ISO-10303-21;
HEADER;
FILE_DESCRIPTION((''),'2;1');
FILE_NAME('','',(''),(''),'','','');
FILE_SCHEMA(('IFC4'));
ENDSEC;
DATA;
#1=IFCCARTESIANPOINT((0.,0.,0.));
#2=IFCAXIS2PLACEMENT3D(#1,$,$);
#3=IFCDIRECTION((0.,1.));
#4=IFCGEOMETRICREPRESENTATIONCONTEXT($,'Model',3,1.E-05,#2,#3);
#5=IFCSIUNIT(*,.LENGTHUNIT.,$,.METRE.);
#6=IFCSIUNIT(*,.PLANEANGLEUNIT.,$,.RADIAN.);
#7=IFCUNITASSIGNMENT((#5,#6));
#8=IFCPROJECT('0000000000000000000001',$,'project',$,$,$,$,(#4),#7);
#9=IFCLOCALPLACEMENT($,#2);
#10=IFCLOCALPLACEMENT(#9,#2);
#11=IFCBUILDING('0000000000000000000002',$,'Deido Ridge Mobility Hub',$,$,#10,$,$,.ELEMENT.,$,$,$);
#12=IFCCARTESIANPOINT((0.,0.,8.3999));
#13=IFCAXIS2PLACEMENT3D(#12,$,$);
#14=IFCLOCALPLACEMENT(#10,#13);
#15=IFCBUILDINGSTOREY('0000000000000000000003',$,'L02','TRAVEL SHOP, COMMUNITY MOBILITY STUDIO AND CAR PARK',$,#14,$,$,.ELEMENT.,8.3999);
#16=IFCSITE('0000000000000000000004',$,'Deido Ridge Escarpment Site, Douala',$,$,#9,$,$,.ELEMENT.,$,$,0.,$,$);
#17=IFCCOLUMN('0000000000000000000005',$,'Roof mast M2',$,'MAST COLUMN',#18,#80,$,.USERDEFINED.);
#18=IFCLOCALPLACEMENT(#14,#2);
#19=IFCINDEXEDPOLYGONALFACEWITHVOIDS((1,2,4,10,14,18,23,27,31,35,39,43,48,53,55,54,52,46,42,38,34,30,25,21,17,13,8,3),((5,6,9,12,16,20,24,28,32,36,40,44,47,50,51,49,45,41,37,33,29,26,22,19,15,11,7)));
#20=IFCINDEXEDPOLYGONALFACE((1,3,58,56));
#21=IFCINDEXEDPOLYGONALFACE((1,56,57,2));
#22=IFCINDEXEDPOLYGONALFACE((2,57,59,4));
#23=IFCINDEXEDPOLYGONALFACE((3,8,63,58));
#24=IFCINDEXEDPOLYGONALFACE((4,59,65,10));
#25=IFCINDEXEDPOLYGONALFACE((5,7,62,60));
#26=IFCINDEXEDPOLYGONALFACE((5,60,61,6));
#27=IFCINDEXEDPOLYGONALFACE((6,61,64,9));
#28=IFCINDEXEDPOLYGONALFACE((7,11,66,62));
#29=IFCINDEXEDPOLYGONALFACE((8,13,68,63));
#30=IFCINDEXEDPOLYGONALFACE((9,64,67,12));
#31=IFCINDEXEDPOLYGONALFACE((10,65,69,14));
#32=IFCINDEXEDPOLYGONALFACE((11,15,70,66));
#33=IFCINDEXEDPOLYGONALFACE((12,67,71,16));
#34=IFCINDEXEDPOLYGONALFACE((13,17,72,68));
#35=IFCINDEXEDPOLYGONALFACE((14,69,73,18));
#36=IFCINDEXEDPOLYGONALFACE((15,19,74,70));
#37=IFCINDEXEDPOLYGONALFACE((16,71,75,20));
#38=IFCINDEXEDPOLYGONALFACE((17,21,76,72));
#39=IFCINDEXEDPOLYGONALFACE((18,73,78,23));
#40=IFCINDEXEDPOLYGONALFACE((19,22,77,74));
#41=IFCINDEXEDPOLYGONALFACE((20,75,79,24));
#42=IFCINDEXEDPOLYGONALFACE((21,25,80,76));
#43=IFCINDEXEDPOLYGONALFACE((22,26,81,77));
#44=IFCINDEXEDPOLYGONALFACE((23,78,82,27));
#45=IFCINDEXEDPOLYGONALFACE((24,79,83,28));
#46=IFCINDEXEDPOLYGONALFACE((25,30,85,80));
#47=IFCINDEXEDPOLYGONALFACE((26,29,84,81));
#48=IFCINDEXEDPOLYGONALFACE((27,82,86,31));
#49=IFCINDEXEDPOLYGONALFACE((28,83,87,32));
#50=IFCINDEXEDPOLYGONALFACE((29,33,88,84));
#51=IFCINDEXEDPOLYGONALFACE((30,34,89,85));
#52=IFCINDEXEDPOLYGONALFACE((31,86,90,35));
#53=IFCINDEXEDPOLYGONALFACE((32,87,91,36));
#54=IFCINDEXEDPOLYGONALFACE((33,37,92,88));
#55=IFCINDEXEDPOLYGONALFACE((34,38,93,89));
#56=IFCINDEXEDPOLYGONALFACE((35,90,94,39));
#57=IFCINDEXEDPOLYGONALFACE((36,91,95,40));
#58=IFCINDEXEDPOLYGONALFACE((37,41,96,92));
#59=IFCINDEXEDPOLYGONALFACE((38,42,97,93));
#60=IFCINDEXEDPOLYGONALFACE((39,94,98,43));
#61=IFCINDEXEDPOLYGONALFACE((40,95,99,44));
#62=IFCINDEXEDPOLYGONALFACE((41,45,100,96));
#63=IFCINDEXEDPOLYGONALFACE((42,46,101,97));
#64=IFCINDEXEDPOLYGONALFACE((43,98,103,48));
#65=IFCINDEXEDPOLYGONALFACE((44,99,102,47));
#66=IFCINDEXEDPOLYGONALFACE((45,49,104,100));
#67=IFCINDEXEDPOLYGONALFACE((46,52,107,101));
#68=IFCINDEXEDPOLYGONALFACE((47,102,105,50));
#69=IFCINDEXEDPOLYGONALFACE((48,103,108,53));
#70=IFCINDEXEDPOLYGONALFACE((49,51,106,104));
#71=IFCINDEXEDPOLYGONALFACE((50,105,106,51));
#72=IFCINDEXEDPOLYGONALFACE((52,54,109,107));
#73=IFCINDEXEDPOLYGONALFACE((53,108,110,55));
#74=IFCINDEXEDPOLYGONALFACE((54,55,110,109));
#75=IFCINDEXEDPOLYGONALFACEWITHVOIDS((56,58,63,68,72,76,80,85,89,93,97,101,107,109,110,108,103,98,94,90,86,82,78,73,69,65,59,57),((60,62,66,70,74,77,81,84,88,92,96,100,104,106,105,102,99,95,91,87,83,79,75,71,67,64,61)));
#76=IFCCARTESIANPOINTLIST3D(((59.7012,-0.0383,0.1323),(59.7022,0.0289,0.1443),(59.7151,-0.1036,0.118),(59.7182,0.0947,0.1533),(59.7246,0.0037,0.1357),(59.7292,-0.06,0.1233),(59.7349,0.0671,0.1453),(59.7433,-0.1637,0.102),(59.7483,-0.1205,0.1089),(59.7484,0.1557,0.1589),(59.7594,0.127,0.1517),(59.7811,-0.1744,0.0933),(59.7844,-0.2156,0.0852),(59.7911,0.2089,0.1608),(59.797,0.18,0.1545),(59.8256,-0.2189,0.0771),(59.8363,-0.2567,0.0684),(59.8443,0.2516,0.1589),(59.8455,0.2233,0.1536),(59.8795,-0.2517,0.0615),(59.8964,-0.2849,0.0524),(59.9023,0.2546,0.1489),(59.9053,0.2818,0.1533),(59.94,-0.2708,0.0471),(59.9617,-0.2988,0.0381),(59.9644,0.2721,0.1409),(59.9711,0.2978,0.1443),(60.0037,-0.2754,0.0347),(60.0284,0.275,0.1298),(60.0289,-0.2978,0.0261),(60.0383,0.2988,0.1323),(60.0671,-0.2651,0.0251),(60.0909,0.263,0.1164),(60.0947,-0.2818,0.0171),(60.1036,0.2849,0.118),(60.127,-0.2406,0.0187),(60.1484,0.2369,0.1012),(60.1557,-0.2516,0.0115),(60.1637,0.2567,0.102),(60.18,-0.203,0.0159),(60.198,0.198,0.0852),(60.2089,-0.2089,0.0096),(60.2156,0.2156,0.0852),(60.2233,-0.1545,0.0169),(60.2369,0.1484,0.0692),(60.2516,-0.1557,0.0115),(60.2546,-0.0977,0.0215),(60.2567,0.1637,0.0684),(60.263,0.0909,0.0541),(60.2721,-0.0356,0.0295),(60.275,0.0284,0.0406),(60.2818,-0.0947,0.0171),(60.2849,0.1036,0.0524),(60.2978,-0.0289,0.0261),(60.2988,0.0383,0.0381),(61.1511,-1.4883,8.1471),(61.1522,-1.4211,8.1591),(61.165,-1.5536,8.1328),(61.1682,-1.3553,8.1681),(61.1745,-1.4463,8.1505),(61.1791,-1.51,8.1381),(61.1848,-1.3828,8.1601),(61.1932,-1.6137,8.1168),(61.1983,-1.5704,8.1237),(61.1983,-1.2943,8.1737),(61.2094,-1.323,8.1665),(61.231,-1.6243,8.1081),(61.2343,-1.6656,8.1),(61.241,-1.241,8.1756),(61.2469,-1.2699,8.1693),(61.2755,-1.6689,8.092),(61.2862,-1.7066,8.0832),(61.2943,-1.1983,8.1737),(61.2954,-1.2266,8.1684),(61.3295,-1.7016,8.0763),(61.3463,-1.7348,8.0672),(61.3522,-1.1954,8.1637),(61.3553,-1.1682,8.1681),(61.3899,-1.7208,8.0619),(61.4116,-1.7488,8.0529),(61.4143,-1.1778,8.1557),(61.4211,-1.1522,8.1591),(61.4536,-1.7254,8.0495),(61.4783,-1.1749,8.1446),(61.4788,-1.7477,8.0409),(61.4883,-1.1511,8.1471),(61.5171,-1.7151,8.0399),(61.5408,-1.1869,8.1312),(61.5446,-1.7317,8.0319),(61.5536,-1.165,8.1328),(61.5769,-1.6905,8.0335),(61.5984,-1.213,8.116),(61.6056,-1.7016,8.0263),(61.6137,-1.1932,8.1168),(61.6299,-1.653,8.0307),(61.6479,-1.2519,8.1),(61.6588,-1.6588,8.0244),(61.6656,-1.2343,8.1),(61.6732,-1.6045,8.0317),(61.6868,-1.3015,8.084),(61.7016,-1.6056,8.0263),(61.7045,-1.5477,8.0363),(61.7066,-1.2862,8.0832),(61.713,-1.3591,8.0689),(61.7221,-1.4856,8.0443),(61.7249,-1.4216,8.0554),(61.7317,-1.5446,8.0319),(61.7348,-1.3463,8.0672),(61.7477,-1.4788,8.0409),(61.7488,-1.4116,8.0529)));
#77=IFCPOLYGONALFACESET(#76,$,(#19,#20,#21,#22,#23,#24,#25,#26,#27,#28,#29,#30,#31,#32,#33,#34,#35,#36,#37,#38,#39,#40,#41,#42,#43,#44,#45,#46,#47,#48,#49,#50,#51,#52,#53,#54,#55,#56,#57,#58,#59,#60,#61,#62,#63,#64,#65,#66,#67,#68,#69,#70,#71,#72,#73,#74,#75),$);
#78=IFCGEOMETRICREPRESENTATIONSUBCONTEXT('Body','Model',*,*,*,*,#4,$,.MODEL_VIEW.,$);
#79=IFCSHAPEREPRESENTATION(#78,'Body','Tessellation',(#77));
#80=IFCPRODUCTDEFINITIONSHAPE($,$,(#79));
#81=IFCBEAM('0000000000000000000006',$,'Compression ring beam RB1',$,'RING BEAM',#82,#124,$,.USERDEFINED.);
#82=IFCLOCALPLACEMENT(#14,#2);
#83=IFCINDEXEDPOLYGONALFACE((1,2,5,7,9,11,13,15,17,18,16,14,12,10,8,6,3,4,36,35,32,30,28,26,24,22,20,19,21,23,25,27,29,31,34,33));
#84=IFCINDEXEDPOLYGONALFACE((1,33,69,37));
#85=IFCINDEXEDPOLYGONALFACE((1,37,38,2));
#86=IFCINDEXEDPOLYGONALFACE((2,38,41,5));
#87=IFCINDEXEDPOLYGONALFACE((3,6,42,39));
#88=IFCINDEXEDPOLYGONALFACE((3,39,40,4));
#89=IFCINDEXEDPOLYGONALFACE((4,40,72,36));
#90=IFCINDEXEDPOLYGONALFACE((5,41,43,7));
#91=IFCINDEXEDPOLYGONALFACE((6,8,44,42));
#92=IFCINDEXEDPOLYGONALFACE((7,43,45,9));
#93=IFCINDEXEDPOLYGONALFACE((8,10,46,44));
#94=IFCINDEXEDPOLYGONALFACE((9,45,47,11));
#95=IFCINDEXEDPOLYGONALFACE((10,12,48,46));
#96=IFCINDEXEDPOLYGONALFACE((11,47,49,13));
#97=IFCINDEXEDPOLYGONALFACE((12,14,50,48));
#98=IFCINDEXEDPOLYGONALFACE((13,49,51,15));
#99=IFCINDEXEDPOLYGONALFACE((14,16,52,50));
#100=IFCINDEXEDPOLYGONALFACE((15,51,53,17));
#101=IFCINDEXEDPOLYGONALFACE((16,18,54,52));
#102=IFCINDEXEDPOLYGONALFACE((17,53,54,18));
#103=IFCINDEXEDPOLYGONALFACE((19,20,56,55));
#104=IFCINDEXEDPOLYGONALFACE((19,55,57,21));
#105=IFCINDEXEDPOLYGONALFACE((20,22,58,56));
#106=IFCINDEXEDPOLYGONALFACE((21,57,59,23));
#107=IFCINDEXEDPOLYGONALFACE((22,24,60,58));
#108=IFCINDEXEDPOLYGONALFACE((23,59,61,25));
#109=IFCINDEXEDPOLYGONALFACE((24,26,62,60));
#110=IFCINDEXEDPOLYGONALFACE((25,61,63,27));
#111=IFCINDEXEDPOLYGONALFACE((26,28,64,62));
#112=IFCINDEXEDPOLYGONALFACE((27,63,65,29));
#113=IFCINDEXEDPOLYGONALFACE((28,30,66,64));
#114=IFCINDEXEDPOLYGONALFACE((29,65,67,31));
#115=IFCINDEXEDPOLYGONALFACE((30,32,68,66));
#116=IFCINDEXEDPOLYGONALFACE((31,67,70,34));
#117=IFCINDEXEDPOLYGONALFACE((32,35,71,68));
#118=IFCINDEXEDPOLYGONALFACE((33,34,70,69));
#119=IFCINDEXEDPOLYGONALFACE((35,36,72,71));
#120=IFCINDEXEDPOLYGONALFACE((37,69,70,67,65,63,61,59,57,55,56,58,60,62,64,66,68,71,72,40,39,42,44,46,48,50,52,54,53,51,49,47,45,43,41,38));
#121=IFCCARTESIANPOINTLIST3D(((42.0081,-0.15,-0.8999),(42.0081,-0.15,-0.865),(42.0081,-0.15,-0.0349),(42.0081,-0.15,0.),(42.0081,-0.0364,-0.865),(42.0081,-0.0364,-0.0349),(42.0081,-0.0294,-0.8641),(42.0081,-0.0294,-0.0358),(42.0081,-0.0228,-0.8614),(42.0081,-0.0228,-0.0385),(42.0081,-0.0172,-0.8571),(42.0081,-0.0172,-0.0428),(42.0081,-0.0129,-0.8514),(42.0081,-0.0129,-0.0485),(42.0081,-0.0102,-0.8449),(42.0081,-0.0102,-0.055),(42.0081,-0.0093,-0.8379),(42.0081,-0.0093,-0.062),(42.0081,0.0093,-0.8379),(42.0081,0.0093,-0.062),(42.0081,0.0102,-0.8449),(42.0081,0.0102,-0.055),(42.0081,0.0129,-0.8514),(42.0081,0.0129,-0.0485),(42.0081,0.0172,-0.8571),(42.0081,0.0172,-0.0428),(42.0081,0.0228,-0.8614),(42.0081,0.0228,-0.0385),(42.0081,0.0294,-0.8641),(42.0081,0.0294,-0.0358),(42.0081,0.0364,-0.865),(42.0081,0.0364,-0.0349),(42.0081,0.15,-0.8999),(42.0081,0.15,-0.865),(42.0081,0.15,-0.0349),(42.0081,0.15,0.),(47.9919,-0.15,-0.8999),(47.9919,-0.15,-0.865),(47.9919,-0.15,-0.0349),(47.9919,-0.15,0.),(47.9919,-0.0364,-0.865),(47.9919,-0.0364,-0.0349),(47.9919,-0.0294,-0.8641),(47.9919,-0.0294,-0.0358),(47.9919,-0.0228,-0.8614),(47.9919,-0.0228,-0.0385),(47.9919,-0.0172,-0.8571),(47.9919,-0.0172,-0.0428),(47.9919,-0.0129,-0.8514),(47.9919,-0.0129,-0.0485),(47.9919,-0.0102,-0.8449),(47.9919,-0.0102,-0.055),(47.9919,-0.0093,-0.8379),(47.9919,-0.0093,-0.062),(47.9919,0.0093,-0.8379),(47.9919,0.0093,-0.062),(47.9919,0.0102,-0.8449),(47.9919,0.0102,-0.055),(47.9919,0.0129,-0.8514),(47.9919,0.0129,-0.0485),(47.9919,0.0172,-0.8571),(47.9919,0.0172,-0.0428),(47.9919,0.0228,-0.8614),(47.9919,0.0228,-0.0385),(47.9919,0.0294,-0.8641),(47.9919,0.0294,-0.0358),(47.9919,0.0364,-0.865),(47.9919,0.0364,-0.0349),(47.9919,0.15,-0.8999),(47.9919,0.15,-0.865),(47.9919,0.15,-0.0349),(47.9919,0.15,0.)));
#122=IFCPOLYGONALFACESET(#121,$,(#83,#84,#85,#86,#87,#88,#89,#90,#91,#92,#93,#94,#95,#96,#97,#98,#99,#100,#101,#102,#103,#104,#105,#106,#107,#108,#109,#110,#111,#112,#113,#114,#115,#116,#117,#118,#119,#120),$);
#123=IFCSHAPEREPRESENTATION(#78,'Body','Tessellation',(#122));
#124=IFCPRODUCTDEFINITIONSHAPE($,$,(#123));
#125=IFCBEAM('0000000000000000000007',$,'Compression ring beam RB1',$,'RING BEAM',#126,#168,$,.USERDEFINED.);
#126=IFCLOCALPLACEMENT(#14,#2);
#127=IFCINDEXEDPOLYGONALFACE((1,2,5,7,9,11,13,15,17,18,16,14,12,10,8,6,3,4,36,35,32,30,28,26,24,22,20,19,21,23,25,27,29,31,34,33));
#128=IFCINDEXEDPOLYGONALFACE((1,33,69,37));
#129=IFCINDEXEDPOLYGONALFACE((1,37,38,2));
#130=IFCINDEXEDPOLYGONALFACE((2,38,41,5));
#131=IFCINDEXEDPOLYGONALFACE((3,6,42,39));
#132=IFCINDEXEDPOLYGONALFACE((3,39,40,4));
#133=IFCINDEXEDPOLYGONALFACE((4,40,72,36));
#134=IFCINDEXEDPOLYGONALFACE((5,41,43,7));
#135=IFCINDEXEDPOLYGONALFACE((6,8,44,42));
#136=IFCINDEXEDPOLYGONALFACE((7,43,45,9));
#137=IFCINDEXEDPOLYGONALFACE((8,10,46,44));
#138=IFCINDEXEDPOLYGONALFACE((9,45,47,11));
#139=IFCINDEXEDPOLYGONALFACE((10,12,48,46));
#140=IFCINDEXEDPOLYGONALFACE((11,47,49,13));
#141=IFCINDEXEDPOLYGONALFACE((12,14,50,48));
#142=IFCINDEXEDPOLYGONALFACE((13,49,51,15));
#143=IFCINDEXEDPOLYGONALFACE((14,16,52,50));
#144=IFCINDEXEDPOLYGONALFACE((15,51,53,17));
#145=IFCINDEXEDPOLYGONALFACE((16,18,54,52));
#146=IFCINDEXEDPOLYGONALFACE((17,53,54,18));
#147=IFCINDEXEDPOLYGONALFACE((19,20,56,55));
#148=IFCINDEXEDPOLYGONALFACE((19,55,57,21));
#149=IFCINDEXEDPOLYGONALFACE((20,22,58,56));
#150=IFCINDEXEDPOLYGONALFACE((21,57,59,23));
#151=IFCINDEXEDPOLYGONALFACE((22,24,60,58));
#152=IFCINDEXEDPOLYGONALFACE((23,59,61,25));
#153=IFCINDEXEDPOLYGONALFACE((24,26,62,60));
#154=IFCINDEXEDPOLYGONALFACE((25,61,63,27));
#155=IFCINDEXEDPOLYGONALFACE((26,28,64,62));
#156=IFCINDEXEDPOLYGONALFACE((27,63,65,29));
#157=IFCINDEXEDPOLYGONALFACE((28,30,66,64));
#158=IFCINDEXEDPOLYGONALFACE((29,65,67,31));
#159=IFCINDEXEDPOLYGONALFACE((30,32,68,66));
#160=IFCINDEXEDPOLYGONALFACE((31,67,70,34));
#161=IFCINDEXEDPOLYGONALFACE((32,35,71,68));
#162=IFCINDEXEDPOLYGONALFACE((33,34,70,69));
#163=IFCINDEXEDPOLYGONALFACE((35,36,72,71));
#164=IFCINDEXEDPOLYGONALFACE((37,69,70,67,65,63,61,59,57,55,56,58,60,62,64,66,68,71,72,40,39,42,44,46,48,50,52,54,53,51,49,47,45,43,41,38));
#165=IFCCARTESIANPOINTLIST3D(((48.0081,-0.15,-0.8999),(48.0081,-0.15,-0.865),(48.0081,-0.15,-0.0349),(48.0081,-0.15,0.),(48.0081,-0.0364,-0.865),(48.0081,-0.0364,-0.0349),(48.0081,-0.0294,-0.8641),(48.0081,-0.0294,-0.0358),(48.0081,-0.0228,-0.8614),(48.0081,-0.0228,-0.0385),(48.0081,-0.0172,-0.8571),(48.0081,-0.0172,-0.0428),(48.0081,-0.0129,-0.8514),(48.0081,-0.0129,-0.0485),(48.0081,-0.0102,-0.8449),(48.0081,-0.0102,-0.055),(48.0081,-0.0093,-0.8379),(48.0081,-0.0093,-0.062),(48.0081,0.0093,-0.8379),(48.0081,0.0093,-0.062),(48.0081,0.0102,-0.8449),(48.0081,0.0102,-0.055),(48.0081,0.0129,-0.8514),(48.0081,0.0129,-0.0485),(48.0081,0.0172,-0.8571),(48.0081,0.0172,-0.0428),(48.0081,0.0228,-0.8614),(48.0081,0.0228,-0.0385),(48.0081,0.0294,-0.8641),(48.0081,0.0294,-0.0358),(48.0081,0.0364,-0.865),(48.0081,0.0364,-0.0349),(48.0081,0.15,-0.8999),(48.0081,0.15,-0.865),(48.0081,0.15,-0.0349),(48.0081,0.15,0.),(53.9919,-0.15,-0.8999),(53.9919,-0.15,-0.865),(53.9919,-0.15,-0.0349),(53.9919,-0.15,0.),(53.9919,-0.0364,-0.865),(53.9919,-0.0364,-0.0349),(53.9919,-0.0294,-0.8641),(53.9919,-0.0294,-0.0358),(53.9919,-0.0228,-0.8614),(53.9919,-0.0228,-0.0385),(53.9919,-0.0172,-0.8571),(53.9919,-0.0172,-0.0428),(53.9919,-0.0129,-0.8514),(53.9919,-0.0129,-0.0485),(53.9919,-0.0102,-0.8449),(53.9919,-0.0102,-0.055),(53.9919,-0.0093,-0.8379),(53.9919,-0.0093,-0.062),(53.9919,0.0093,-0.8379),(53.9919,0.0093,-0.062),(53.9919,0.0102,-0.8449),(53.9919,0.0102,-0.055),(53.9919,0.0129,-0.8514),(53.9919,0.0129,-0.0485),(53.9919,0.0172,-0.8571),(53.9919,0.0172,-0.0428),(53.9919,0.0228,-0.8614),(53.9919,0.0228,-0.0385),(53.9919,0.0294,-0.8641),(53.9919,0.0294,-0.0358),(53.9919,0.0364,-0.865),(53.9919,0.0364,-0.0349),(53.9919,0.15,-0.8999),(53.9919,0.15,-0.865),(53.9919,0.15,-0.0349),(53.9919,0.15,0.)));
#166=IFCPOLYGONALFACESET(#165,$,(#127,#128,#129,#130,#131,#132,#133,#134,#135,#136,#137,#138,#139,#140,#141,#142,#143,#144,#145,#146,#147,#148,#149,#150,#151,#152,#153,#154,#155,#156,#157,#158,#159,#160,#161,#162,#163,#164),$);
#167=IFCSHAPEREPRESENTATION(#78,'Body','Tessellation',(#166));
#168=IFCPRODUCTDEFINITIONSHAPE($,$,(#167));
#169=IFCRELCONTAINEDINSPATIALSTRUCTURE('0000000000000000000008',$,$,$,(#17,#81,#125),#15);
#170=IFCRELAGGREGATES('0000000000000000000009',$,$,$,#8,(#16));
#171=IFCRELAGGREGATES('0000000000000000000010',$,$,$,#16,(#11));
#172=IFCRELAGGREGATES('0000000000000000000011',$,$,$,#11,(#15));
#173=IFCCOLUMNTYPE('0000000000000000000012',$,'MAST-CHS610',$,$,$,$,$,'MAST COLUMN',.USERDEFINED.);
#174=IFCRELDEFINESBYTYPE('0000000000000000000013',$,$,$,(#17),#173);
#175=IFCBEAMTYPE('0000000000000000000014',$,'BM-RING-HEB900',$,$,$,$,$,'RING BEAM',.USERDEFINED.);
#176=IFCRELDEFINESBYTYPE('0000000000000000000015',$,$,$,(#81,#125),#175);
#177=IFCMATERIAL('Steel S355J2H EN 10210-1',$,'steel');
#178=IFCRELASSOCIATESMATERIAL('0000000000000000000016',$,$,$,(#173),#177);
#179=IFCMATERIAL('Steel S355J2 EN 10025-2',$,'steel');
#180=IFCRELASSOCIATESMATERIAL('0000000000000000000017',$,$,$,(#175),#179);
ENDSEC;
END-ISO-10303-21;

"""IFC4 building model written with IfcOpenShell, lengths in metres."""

from ifc_helpers import new_model, si_unit, direction, frame, origin, origin_2d, place, context, subcontext, project, spatial, hollow_circle, i_section, extrude, material, material_profile, profile_set, type_object, element, save


model = new_model("IFC4")

# Units and contexts
model_context = context("Model", 3, precision=1e-05, world=origin(), true_north=direction((0.0, 1.0)))
body_context = subcontext(model_context, "Body", "Model", "MODEL_VIEW")
ifc_project = project(units=[si_unit("LENGTHUNIT", "METRE"), si_unit("PLANEANGLEUNIT", "RADIAN")], contexts=[model_context])

# Site, building, storey
site_placement = place(None, origin())
site = spatial("IfcSite", under=ifc_project, at=site_placement, Name="Deido Ridge Escarpment Site, Douala", CompositionType="ELEMENT", RefElevation=0.0)
building_placement = place(site_placement, origin())
building = spatial("IfcBuilding", under=site, at=building_placement, Name="Deido Ridge Mobility Hub", CompositionType="ELEMENT")
storey_placement = place(building_placement, frame((0.0, 0.0, 8.3999)))
storey = spatial("IfcBuildingStorey", under=building, at=storey_placement, Name="L02", Description="TRAVEL SHOP, COMMUNITY MOBILITY STUDIO AND CAR PARK", CompositionType="ELEMENT", Elevation=8.3999)

# Column
ifc_material_1 = material(Name="Steel S355J2H EN 10210-1", Category="steel")
ifc_material_profile_1 = material_profile(ifc_material_1, hollow_circle(Radius=0.3049, WallThickness=0.0249, at=origin_2d()), Name="CHS 610x25")
ifc_profile_set_1 = profile_set([ifc_material_profile_1], Name="Steel S355J2H EN 10210-1")
column_type = type_object("IfcColumnType", Name="MAST-CHS610", ElementType="MAST COLUMN", PredefinedType="USERDEFINED", material=ifc_profile_set_1)
column_placement = place(storey_placement, frame((60.0, 0.0, 0.0852), z_axis=(0.175262, -0.175262, 0.968796), x_axis=(0.707107, 0.707107, 0.0)))
element("IfcColumn", 1, at=column_placement, inside=storey, type_object=column_type, Name="Roof mast M2", ObjectType="MAST COLUMN", PredefinedType="USERDEFINED", context=body_context, shape_type="SweptSolid", body=[
    extrude(hollow_circle(Radius=0.3049, WallThickness=0.0249, at=origin_2d()), origin(), (0.0, 0.0, 1.0), 8.2729),
])

# Beams
ifc_material_2 = material(Name="Steel S355J2 EN 10025-2", Category="steel")
ifc_material_profile_2 = material_profile(ifc_material_2, i_section(OverallWidth=0.3, OverallDepth=0.8999, WebThickness=0.0186, FlangeThickness=0.0349, FilletRadius=0.0271, at=origin_2d()), Name="HEB 900")
ifc_profile_set_2 = profile_set([ifc_material_profile_2], Name="Steel S355J2 EN 10025-2")
beam_type_1 = type_object("IfcBeamType", Name="BM-RING-HEB900", ElementType="RING BEAM", PredefinedType="USERDEFINED", material=ifc_profile_set_2)
for number, where, z_axis, x_axis, name in (
    (2, (42.0081, 0.0, -0.45), (1.0, 0.0, 0.0), (0.0, 1.0, 0.0), "Compression ring beam RB1"),
    (3, (48.0081, 0.0, -0.45), (1.0, 0.0, 0.0), (0.0, 1.0, 0.0), "Compression ring beam RB1"),
):
    element("IfcBeam", number, at=place(storey_placement, frame(where, z_axis=z_axis, x_axis=x_axis)), inside=storey, type_object=beam_type_1, Name=name, ObjectType="RING BEAM", PredefinedType="USERDEFINED", context=body_context, shape_type="SweptSolid", body=[
        extrude(i_section(OverallWidth=0.3, OverallDepth=0.8999, WebThickness=0.0186, FlangeThickness=0.0349, FilletRadius=0.0271, at=origin_2d()), origin(), (0.0, 0.0, 1.0), 5.9839),
    ])

save(model, "model.ifc")
